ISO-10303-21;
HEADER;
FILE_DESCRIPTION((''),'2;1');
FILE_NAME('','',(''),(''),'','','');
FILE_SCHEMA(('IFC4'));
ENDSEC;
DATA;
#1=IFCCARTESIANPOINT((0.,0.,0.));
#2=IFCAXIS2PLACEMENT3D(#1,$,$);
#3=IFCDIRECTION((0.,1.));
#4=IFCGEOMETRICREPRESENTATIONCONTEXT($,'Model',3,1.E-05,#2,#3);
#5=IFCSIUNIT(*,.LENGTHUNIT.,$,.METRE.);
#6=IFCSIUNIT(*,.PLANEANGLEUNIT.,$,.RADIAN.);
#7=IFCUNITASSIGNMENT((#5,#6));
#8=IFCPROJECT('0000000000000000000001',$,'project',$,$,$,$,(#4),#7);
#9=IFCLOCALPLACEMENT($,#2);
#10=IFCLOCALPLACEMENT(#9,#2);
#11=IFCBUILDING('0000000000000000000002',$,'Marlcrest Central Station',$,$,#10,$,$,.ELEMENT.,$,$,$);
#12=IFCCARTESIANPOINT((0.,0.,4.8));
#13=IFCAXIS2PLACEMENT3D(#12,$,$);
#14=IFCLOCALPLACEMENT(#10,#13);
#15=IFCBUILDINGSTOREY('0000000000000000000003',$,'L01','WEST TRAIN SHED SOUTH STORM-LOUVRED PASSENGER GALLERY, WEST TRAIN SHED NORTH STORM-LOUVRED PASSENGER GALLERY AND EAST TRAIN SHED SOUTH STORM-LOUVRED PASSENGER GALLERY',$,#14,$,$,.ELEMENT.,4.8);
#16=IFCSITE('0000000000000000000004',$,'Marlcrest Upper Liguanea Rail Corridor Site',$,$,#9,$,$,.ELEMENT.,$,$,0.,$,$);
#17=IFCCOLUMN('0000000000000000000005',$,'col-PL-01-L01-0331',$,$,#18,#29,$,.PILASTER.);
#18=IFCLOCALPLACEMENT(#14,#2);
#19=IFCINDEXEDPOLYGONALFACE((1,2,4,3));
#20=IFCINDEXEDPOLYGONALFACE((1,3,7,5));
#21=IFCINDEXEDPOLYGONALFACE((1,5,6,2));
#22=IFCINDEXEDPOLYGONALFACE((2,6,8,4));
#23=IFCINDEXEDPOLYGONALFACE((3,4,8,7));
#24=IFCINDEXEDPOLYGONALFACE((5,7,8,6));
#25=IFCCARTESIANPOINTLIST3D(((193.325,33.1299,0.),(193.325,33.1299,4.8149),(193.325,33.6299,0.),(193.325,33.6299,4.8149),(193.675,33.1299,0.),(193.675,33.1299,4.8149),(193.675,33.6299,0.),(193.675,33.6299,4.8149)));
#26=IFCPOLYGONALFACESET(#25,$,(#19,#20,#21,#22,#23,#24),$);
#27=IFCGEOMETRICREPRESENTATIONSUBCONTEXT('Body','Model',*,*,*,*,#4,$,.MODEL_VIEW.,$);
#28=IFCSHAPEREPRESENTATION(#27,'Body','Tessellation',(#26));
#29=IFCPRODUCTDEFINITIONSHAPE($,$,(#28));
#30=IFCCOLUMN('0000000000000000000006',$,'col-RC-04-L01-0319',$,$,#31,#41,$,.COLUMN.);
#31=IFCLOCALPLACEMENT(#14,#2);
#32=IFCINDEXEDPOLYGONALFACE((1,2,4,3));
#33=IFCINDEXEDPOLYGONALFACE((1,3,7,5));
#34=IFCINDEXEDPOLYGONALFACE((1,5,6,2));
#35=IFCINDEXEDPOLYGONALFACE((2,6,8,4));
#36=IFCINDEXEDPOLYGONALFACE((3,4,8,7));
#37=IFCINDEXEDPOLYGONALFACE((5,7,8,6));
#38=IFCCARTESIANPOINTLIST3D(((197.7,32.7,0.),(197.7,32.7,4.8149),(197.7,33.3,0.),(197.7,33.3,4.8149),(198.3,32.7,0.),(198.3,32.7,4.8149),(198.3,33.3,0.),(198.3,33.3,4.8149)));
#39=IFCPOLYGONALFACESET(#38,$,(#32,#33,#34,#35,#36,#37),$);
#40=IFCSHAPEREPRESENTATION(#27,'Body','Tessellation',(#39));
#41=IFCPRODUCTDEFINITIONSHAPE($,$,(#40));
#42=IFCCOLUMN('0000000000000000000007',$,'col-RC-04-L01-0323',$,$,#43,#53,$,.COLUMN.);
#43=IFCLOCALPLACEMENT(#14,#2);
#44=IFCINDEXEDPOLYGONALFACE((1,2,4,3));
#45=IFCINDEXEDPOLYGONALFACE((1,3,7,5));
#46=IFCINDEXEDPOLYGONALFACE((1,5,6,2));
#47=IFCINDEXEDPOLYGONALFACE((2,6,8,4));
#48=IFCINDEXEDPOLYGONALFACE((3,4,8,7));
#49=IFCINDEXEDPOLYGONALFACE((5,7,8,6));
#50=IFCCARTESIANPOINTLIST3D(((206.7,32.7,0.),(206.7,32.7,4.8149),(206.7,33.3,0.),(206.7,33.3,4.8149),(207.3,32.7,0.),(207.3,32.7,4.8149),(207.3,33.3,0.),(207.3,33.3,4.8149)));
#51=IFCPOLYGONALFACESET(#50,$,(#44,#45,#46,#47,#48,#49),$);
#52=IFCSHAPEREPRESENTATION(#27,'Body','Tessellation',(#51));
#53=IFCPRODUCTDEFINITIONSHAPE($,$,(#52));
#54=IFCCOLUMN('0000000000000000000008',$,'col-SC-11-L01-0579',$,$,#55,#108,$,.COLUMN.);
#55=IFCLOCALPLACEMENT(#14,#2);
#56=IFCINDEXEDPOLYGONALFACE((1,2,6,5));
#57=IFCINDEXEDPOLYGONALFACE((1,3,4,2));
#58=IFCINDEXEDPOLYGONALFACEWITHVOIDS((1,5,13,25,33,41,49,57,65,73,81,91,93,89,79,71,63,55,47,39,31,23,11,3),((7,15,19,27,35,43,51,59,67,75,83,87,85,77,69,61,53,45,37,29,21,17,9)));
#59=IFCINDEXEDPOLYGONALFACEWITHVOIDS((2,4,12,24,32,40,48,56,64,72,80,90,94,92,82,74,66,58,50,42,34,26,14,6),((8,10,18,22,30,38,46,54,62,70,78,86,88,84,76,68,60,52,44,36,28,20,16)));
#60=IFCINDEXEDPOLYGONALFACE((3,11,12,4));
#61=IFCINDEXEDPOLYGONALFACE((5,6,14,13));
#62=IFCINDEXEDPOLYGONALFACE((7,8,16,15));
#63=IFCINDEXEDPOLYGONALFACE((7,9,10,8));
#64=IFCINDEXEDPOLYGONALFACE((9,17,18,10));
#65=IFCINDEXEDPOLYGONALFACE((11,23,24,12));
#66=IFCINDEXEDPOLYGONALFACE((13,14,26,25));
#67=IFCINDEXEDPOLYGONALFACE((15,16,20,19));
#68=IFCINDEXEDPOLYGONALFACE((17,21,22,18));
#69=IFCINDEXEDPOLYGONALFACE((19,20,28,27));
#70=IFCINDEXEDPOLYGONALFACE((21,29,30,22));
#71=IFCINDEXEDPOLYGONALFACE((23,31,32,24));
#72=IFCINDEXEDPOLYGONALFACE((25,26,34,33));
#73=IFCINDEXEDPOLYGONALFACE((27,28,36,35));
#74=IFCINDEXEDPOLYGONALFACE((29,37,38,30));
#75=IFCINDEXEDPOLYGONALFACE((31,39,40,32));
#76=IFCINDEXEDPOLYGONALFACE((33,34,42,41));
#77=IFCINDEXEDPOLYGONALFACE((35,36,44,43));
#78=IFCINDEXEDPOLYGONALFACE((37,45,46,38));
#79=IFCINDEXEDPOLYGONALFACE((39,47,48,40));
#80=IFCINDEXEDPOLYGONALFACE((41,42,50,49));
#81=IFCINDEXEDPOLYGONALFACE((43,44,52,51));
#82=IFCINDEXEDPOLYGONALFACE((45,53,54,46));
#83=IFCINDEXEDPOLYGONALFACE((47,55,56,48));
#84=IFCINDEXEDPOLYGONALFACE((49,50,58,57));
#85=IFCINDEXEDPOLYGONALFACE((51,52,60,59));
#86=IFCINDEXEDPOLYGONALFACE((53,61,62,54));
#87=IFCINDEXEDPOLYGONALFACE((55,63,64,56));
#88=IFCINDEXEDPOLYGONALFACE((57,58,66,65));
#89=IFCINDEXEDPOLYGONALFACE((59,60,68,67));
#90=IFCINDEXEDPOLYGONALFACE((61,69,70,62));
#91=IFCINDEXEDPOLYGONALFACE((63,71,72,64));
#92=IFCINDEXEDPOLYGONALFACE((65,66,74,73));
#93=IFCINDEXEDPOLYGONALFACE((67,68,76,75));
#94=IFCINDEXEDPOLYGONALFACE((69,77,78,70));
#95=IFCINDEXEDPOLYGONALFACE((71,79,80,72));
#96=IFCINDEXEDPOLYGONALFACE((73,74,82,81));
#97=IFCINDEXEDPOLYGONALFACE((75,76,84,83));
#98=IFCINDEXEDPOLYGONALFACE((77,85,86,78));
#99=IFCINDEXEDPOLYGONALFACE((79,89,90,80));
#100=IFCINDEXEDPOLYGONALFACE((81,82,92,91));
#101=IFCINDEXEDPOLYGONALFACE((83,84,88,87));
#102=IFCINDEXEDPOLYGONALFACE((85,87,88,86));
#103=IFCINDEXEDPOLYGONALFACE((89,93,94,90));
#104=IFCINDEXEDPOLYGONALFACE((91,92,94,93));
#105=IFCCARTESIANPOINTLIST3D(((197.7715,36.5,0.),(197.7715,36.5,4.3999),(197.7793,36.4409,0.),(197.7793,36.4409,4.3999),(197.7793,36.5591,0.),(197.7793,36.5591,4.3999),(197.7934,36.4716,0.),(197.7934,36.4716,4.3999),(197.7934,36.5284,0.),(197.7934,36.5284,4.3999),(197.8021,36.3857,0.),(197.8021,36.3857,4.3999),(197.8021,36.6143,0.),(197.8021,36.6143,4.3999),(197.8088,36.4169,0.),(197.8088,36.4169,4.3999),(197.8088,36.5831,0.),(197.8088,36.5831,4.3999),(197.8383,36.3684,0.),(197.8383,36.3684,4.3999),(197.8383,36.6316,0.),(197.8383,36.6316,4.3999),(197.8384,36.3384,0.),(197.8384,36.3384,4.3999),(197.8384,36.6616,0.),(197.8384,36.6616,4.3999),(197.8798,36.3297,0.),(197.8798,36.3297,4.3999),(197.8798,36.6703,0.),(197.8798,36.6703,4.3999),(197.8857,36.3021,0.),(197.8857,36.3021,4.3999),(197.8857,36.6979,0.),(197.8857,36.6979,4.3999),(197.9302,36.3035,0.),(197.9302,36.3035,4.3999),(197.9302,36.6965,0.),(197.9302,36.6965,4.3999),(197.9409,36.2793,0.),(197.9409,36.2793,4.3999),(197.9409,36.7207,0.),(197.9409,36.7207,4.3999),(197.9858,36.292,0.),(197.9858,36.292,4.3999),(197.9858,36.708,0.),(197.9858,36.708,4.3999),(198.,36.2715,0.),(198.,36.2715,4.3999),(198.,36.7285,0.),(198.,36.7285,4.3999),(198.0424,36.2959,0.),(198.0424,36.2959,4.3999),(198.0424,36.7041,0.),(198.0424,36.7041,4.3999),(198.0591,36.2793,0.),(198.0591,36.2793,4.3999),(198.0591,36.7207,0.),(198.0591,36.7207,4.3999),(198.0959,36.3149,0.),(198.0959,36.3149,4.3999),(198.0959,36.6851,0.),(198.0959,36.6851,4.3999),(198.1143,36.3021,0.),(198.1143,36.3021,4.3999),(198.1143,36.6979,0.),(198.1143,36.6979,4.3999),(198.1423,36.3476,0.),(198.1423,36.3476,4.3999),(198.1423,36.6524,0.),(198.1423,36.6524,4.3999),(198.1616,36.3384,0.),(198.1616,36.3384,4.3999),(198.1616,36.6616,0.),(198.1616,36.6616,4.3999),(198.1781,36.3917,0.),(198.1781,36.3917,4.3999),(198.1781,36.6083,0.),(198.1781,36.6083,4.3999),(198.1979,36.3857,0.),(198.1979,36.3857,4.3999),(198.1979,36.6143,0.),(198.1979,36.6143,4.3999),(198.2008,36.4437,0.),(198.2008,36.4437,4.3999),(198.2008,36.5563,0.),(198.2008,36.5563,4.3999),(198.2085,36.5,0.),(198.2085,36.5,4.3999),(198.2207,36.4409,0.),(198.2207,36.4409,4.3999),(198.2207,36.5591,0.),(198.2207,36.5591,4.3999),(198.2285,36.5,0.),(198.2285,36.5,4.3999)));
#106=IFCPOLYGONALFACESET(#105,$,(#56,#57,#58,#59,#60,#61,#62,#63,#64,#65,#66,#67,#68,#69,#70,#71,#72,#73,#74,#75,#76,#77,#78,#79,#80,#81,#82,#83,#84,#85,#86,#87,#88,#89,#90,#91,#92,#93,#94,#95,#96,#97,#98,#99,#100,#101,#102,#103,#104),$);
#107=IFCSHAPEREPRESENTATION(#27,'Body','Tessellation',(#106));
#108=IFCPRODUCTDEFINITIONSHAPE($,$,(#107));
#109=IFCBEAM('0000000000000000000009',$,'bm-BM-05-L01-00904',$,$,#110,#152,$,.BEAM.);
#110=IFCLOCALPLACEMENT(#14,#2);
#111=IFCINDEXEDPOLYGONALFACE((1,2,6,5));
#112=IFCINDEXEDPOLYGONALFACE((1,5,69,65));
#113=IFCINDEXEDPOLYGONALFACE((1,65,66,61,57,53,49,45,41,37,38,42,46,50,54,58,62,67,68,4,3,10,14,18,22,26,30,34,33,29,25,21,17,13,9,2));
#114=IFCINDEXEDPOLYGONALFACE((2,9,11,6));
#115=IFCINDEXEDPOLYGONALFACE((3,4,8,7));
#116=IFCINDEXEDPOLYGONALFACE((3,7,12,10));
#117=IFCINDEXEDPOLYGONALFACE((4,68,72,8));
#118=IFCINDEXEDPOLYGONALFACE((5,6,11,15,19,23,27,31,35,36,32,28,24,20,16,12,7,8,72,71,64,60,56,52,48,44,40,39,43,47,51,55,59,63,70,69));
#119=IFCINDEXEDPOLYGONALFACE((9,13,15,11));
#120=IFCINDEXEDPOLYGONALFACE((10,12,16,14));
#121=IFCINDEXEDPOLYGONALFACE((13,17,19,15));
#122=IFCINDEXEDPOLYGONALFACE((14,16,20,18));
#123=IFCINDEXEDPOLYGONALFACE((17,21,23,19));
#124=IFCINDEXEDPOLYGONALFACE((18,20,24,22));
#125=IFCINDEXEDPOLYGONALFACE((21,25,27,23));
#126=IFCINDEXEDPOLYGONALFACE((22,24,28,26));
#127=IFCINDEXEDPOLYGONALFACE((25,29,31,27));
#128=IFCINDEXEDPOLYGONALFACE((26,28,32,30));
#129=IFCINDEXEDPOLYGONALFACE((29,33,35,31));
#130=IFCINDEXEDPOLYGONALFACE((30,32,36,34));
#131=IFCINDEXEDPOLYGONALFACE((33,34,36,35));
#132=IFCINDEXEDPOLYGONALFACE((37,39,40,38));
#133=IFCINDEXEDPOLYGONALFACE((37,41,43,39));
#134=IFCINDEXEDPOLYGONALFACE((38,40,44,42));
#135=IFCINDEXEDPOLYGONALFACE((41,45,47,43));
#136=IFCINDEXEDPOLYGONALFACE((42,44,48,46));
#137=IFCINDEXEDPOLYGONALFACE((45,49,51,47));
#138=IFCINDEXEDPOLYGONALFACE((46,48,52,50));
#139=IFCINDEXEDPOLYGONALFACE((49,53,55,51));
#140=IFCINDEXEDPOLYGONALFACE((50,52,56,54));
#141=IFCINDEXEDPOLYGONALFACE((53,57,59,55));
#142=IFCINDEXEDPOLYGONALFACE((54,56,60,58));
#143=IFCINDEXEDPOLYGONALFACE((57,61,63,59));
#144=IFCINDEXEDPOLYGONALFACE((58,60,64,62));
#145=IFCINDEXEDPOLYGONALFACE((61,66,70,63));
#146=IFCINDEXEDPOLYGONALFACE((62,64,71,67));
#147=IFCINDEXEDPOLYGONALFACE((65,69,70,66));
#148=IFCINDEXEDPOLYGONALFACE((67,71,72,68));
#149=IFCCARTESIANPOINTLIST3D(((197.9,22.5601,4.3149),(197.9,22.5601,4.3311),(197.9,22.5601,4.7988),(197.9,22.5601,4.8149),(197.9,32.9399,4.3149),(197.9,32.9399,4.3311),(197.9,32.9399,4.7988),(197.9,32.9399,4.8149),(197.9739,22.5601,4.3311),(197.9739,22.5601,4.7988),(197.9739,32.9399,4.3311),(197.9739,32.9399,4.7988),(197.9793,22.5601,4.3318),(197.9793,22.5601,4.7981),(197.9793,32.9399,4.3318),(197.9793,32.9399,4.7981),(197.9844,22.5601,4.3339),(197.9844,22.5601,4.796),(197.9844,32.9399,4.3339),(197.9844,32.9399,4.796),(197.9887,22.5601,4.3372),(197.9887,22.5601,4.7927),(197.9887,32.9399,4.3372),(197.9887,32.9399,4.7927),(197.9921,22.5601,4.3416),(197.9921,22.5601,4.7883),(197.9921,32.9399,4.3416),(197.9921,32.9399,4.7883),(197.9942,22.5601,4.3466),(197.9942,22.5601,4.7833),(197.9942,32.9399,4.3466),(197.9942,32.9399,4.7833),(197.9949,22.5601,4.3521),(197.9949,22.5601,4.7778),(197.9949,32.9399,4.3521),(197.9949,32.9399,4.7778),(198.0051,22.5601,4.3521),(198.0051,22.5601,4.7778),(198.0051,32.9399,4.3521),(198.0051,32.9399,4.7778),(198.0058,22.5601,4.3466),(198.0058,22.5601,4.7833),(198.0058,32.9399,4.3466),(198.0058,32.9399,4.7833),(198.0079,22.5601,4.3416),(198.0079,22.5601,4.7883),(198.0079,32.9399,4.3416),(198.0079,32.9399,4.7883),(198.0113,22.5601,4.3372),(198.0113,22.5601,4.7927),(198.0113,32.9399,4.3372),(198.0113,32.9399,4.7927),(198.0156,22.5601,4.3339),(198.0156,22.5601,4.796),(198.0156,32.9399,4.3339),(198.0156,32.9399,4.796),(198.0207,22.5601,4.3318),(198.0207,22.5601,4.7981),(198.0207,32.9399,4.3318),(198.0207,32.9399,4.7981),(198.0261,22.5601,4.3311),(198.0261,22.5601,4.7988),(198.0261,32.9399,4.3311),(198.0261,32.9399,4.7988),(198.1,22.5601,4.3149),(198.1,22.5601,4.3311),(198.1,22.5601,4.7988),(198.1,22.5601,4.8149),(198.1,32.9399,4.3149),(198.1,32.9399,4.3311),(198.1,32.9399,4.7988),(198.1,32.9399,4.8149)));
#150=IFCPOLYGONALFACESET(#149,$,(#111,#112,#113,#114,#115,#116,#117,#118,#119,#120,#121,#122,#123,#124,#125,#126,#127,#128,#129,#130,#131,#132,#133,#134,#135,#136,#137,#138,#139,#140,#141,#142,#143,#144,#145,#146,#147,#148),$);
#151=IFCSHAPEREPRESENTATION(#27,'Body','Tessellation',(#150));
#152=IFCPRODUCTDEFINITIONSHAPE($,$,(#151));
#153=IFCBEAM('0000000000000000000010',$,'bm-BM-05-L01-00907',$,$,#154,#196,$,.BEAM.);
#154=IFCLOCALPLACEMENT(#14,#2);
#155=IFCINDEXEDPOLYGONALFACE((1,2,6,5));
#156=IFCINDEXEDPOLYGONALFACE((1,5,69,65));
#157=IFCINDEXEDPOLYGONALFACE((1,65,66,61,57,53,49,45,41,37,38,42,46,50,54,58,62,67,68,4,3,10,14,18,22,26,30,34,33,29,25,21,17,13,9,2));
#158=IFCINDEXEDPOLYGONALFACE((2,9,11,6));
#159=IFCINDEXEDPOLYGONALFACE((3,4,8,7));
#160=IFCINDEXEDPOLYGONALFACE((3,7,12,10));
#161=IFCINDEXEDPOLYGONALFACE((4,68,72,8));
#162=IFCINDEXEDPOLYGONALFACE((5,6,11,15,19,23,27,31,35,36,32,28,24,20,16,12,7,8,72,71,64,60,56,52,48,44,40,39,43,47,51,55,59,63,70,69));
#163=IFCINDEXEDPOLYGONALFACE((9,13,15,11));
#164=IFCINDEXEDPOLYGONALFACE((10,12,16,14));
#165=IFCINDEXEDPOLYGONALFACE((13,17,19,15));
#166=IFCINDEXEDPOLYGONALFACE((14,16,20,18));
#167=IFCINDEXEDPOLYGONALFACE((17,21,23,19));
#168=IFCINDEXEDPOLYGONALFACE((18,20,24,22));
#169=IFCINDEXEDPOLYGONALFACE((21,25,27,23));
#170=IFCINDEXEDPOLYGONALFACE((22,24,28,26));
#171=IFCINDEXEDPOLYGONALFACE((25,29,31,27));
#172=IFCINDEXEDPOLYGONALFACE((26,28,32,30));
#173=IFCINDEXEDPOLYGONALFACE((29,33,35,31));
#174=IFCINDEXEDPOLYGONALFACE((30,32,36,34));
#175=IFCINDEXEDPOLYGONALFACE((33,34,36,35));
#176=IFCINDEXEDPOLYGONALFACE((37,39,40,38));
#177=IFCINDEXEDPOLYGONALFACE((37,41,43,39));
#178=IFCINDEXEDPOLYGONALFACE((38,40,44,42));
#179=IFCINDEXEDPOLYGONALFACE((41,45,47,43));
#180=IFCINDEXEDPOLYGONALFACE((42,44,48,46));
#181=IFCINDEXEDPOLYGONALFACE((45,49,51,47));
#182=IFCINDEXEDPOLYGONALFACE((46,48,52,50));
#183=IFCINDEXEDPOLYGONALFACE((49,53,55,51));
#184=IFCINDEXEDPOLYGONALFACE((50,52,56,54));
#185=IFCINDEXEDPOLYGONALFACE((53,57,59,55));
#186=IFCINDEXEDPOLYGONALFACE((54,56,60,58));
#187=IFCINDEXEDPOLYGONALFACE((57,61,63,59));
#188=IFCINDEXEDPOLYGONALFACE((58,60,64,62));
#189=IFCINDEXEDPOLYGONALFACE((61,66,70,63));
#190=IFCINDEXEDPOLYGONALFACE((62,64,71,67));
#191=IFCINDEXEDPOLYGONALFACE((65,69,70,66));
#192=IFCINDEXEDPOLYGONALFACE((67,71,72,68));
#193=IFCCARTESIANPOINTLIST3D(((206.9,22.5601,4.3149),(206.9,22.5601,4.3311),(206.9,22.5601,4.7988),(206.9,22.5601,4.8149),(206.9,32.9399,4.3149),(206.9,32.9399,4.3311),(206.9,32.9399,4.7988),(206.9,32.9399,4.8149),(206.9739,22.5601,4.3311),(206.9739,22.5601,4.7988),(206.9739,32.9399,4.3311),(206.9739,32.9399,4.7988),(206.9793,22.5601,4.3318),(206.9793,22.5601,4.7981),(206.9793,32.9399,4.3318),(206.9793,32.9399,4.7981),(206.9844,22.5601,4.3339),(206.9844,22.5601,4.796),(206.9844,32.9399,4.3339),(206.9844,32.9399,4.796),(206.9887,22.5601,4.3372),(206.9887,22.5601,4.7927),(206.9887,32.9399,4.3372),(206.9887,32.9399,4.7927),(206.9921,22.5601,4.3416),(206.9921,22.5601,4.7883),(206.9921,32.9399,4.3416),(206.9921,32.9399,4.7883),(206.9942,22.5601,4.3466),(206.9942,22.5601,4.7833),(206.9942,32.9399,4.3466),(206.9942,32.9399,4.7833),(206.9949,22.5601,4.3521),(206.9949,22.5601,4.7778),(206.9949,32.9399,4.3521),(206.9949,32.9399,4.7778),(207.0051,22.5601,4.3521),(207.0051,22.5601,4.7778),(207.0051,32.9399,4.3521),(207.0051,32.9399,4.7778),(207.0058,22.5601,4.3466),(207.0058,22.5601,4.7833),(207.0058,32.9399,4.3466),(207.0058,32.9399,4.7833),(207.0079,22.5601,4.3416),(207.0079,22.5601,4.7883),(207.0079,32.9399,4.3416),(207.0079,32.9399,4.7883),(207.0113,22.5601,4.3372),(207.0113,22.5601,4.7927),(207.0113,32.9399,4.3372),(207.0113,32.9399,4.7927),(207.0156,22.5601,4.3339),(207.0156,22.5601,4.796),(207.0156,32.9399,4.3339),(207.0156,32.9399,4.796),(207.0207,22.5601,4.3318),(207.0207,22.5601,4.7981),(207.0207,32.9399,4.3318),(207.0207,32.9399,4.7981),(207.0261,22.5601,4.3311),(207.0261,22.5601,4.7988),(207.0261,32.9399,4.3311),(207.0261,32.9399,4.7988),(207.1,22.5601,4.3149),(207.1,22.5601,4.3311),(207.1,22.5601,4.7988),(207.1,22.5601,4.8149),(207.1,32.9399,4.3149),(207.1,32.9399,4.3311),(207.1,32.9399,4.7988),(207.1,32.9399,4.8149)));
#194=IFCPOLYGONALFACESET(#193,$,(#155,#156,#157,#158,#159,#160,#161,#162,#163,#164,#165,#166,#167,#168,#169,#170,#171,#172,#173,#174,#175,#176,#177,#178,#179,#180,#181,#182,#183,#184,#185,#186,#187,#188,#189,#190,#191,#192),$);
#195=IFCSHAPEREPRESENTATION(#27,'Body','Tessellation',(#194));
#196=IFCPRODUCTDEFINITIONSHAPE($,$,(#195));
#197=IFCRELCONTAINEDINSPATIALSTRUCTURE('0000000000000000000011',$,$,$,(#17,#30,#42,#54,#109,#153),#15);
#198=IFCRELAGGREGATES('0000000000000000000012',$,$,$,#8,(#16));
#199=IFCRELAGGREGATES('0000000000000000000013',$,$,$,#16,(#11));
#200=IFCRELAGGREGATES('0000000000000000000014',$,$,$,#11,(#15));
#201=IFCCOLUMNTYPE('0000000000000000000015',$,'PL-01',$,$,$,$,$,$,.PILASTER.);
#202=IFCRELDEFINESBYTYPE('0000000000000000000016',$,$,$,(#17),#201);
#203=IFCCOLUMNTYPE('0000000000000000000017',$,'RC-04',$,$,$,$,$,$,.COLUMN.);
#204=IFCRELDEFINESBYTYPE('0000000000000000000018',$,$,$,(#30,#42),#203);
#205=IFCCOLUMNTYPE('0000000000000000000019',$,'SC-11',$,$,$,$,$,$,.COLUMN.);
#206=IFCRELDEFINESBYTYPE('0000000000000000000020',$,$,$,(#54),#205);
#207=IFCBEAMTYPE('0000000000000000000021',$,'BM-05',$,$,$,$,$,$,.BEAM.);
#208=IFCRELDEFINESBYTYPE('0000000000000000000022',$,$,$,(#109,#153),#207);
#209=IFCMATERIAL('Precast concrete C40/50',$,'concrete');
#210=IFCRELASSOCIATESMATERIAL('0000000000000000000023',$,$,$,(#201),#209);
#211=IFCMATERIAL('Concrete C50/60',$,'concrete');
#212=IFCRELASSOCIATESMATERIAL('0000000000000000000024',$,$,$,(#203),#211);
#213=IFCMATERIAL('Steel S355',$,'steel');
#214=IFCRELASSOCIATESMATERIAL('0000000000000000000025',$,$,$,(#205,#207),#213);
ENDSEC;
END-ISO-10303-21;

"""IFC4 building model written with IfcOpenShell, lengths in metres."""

from ifc_helpers import new_model, si_unit, direction, frame, origin, origin_2d, place, context, subcontext, project, spatial, rectangle, hollow_circle, i_section, extrude, material, material_profile, profile_set, type_object, element, save


model = new_model("IFC4")

# Units and contexts
model_context = context("Model", 3, precision=1e-05, world=origin(), true_north=direction((0.0, 1.0)))
body_context = subcontext(model_context, "Body", "Model", "MODEL_VIEW")
ifc_project = project(units=[si_unit("LENGTHUNIT", "METRE"), si_unit("PLANEANGLEUNIT", "RADIAN")], contexts=[model_context])

# Site, building, storey
site_placement = place(None, origin())
site = spatial("IfcSite", under=ifc_project, at=site_placement, Name="Marlcrest Upper Liguanea Rail Corridor Site", CompositionType="ELEMENT", RefElevation=0.0)
building_placement = place(site_placement, origin())
building = spatial("IfcBuilding", under=site, at=building_placement, Name="Marlcrest Central Station", CompositionType="ELEMENT")
storey_placement = place(building_placement, frame((0.0, 0.0, 4.8)))
storey = spatial("IfcBuildingStorey", under=building, at=storey_placement, Name="L01", Description="WEST TRAIN SHED SOUTH STORM-LOUVRED PASSENGER GALLERY, WEST TRAIN SHED NORTH STORM-LOUVRED PASSENGER GALLERY AND EAST TRAIN SHED SOUTH STORM-LOUVRED PASSENGER GALLERY", CompositionType="ELEMENT", Elevation=4.8)

# Columns
ifc_material_1 = material(Name="Precast concrete C40/50", Category="concrete")
ifc_material_profile_1 = material_profile(ifc_material_1, rectangle(XDim=0.3501, YDim=0.5, at=origin_2d()), Name="PIL 350x500")
ifc_profile_set_1 = profile_set([ifc_material_profile_1], Name="Precast concrete C40/50")
column_type_1 = type_object("IfcColumnType", Name="PL-01", PredefinedType="PILASTER", material=ifc_profile_set_1)
column_1_placement = place(storey_placement, frame((193.5, 33.3799, 0.0), z_axis=(0.0, 0.0, 1.0), x_axis=(1.0, 0.0, 0.0)))
element("IfcColumn", 1, at=column_1_placement, inside=storey, type_object=column_type_1, Name="col-PL-01-L01-0331", PredefinedType="PILASTER", context=body_context, shape_type="SweptSolid", body=[
    extrude(rectangle(XDim=0.3501, YDim=0.5, at=origin_2d()), origin(), (0.0, 0.0, 1.0), 4.8149),
])
ifc_material_2 = material(Name="Concrete C50/60", Category="concrete")
ifc_material_profile_2 = material_profile(ifc_material_2, rectangle(XDim=0.6001, YDim=0.6001, at=origin_2d()), Name="RC 600x600")
ifc_profile_set_2 = profile_set([ifc_material_profile_2], Name="Concrete C50/60")
column_type_2 = type_object("IfcColumnType", Name="RC-04", PredefinedType="COLUMN", material=ifc_profile_set_2)
for number, where, z_axis, x_axis, name in (
    (2, (198.0, 33.0, 0.0), (0.0, 0.0, 1.0), (1.0, 0.0, 0.0), "col-RC-04-L01-0319"),
    (3, (207.0, 33.0, 0.0), (0.0, 0.0, 1.0), (1.0, 0.0, 0.0), "col-RC-04-L01-0323"),
):
    element("IfcColumn", number, at=place(storey_placement, frame(where, z_axis=z_axis, x_axis=x_axis)), inside=storey, type_object=column_type_2, Name=name, PredefinedType="COLUMN", context=body_context, shape_type="SweptSolid", body=[
        extrude(rectangle(XDim=0.6001, YDim=0.6001, at=origin_2d()), origin(), (0.0, 0.0, 1.0), 4.8149),
    ])
ifc_material_3 = material(Name="Steel S355", Category="steel")
ifc_material_profile_3 = material_profile(ifc_material_3, hollow_circle(Radius=0.2285, WallThickness=0.02, at=origin_2d()), Name="CHS 457x20")
ifc_profile_set_3 = profile_set([ifc_material_profile_3], Name="Steel S355")
column_type_3 = type_object("IfcColumnType", Name="SC-11", PredefinedType="COLUMN", material=ifc_profile_set_3)
column_2_placement = place(storey_placement, frame((198.0, 36.5, 0.0), z_axis=(0.0, 0.0, 1.0), x_axis=(1.0, 0.0, 0.0)))
element("IfcColumn", 4, at=column_2_placement, inside=storey, type_object=column_type_3, Name="col-SC-11-L01-0579", PredefinedType="COLUMN", context=body_context, shape_type="SweptSolid", body=[
    extrude(hollow_circle(Radius=0.2285, WallThickness=0.02, at=origin_2d()), origin(), (0.0, 0.0, 1.0), 4.3999),
])

# Beams
ifc_material_profile_4 = material_profile(ifc_material_3, i_section(OverallWidth=0.2, OverallDepth=0.5, WebThickness=0.0103, FlangeThickness=0.0161, FilletRadius=0.021, at=origin_2d()), Name="IPE 500")
ifc_profile_set_4 = profile_set([ifc_material_profile_4], Name="Steel S355")
beam_type_1 = type_object("IfcBeamType", Name="BM-05", PredefinedType="BEAM", material=ifc_profile_set_4)
for number, where, z_axis, x_axis, name in (
    (5, (198.0, 22.5601, 4.5649), (0.0, 1.0, 0.0), (-1.0, 0.0, 0.0), "bm-BM-05-L01-00904"),
    (6, (207.0, 22.5601, 4.5649), (0.0, 1.0, 0.0), (-1.0, 0.0, 0.0), "bm-BM-05-L01-00907"),
):
    element("IfcBeam", number, at=place(storey_placement, frame(where, z_axis=z_axis, x_axis=x_axis)), inside=storey, type_object=beam_type_1, Name=name, PredefinedType="BEAM", context=body_context, shape_type="SweptSolid", body=[
        extrude(i_section(OverallWidth=0.2, OverallDepth=0.5, WebThickness=0.0103, FlangeThickness=0.0161, FilletRadius=0.021, at=origin_2d()), origin(), (0.0, 0.0, 1.0), 10.3799),
    ])

save(model, "model.ifc")
